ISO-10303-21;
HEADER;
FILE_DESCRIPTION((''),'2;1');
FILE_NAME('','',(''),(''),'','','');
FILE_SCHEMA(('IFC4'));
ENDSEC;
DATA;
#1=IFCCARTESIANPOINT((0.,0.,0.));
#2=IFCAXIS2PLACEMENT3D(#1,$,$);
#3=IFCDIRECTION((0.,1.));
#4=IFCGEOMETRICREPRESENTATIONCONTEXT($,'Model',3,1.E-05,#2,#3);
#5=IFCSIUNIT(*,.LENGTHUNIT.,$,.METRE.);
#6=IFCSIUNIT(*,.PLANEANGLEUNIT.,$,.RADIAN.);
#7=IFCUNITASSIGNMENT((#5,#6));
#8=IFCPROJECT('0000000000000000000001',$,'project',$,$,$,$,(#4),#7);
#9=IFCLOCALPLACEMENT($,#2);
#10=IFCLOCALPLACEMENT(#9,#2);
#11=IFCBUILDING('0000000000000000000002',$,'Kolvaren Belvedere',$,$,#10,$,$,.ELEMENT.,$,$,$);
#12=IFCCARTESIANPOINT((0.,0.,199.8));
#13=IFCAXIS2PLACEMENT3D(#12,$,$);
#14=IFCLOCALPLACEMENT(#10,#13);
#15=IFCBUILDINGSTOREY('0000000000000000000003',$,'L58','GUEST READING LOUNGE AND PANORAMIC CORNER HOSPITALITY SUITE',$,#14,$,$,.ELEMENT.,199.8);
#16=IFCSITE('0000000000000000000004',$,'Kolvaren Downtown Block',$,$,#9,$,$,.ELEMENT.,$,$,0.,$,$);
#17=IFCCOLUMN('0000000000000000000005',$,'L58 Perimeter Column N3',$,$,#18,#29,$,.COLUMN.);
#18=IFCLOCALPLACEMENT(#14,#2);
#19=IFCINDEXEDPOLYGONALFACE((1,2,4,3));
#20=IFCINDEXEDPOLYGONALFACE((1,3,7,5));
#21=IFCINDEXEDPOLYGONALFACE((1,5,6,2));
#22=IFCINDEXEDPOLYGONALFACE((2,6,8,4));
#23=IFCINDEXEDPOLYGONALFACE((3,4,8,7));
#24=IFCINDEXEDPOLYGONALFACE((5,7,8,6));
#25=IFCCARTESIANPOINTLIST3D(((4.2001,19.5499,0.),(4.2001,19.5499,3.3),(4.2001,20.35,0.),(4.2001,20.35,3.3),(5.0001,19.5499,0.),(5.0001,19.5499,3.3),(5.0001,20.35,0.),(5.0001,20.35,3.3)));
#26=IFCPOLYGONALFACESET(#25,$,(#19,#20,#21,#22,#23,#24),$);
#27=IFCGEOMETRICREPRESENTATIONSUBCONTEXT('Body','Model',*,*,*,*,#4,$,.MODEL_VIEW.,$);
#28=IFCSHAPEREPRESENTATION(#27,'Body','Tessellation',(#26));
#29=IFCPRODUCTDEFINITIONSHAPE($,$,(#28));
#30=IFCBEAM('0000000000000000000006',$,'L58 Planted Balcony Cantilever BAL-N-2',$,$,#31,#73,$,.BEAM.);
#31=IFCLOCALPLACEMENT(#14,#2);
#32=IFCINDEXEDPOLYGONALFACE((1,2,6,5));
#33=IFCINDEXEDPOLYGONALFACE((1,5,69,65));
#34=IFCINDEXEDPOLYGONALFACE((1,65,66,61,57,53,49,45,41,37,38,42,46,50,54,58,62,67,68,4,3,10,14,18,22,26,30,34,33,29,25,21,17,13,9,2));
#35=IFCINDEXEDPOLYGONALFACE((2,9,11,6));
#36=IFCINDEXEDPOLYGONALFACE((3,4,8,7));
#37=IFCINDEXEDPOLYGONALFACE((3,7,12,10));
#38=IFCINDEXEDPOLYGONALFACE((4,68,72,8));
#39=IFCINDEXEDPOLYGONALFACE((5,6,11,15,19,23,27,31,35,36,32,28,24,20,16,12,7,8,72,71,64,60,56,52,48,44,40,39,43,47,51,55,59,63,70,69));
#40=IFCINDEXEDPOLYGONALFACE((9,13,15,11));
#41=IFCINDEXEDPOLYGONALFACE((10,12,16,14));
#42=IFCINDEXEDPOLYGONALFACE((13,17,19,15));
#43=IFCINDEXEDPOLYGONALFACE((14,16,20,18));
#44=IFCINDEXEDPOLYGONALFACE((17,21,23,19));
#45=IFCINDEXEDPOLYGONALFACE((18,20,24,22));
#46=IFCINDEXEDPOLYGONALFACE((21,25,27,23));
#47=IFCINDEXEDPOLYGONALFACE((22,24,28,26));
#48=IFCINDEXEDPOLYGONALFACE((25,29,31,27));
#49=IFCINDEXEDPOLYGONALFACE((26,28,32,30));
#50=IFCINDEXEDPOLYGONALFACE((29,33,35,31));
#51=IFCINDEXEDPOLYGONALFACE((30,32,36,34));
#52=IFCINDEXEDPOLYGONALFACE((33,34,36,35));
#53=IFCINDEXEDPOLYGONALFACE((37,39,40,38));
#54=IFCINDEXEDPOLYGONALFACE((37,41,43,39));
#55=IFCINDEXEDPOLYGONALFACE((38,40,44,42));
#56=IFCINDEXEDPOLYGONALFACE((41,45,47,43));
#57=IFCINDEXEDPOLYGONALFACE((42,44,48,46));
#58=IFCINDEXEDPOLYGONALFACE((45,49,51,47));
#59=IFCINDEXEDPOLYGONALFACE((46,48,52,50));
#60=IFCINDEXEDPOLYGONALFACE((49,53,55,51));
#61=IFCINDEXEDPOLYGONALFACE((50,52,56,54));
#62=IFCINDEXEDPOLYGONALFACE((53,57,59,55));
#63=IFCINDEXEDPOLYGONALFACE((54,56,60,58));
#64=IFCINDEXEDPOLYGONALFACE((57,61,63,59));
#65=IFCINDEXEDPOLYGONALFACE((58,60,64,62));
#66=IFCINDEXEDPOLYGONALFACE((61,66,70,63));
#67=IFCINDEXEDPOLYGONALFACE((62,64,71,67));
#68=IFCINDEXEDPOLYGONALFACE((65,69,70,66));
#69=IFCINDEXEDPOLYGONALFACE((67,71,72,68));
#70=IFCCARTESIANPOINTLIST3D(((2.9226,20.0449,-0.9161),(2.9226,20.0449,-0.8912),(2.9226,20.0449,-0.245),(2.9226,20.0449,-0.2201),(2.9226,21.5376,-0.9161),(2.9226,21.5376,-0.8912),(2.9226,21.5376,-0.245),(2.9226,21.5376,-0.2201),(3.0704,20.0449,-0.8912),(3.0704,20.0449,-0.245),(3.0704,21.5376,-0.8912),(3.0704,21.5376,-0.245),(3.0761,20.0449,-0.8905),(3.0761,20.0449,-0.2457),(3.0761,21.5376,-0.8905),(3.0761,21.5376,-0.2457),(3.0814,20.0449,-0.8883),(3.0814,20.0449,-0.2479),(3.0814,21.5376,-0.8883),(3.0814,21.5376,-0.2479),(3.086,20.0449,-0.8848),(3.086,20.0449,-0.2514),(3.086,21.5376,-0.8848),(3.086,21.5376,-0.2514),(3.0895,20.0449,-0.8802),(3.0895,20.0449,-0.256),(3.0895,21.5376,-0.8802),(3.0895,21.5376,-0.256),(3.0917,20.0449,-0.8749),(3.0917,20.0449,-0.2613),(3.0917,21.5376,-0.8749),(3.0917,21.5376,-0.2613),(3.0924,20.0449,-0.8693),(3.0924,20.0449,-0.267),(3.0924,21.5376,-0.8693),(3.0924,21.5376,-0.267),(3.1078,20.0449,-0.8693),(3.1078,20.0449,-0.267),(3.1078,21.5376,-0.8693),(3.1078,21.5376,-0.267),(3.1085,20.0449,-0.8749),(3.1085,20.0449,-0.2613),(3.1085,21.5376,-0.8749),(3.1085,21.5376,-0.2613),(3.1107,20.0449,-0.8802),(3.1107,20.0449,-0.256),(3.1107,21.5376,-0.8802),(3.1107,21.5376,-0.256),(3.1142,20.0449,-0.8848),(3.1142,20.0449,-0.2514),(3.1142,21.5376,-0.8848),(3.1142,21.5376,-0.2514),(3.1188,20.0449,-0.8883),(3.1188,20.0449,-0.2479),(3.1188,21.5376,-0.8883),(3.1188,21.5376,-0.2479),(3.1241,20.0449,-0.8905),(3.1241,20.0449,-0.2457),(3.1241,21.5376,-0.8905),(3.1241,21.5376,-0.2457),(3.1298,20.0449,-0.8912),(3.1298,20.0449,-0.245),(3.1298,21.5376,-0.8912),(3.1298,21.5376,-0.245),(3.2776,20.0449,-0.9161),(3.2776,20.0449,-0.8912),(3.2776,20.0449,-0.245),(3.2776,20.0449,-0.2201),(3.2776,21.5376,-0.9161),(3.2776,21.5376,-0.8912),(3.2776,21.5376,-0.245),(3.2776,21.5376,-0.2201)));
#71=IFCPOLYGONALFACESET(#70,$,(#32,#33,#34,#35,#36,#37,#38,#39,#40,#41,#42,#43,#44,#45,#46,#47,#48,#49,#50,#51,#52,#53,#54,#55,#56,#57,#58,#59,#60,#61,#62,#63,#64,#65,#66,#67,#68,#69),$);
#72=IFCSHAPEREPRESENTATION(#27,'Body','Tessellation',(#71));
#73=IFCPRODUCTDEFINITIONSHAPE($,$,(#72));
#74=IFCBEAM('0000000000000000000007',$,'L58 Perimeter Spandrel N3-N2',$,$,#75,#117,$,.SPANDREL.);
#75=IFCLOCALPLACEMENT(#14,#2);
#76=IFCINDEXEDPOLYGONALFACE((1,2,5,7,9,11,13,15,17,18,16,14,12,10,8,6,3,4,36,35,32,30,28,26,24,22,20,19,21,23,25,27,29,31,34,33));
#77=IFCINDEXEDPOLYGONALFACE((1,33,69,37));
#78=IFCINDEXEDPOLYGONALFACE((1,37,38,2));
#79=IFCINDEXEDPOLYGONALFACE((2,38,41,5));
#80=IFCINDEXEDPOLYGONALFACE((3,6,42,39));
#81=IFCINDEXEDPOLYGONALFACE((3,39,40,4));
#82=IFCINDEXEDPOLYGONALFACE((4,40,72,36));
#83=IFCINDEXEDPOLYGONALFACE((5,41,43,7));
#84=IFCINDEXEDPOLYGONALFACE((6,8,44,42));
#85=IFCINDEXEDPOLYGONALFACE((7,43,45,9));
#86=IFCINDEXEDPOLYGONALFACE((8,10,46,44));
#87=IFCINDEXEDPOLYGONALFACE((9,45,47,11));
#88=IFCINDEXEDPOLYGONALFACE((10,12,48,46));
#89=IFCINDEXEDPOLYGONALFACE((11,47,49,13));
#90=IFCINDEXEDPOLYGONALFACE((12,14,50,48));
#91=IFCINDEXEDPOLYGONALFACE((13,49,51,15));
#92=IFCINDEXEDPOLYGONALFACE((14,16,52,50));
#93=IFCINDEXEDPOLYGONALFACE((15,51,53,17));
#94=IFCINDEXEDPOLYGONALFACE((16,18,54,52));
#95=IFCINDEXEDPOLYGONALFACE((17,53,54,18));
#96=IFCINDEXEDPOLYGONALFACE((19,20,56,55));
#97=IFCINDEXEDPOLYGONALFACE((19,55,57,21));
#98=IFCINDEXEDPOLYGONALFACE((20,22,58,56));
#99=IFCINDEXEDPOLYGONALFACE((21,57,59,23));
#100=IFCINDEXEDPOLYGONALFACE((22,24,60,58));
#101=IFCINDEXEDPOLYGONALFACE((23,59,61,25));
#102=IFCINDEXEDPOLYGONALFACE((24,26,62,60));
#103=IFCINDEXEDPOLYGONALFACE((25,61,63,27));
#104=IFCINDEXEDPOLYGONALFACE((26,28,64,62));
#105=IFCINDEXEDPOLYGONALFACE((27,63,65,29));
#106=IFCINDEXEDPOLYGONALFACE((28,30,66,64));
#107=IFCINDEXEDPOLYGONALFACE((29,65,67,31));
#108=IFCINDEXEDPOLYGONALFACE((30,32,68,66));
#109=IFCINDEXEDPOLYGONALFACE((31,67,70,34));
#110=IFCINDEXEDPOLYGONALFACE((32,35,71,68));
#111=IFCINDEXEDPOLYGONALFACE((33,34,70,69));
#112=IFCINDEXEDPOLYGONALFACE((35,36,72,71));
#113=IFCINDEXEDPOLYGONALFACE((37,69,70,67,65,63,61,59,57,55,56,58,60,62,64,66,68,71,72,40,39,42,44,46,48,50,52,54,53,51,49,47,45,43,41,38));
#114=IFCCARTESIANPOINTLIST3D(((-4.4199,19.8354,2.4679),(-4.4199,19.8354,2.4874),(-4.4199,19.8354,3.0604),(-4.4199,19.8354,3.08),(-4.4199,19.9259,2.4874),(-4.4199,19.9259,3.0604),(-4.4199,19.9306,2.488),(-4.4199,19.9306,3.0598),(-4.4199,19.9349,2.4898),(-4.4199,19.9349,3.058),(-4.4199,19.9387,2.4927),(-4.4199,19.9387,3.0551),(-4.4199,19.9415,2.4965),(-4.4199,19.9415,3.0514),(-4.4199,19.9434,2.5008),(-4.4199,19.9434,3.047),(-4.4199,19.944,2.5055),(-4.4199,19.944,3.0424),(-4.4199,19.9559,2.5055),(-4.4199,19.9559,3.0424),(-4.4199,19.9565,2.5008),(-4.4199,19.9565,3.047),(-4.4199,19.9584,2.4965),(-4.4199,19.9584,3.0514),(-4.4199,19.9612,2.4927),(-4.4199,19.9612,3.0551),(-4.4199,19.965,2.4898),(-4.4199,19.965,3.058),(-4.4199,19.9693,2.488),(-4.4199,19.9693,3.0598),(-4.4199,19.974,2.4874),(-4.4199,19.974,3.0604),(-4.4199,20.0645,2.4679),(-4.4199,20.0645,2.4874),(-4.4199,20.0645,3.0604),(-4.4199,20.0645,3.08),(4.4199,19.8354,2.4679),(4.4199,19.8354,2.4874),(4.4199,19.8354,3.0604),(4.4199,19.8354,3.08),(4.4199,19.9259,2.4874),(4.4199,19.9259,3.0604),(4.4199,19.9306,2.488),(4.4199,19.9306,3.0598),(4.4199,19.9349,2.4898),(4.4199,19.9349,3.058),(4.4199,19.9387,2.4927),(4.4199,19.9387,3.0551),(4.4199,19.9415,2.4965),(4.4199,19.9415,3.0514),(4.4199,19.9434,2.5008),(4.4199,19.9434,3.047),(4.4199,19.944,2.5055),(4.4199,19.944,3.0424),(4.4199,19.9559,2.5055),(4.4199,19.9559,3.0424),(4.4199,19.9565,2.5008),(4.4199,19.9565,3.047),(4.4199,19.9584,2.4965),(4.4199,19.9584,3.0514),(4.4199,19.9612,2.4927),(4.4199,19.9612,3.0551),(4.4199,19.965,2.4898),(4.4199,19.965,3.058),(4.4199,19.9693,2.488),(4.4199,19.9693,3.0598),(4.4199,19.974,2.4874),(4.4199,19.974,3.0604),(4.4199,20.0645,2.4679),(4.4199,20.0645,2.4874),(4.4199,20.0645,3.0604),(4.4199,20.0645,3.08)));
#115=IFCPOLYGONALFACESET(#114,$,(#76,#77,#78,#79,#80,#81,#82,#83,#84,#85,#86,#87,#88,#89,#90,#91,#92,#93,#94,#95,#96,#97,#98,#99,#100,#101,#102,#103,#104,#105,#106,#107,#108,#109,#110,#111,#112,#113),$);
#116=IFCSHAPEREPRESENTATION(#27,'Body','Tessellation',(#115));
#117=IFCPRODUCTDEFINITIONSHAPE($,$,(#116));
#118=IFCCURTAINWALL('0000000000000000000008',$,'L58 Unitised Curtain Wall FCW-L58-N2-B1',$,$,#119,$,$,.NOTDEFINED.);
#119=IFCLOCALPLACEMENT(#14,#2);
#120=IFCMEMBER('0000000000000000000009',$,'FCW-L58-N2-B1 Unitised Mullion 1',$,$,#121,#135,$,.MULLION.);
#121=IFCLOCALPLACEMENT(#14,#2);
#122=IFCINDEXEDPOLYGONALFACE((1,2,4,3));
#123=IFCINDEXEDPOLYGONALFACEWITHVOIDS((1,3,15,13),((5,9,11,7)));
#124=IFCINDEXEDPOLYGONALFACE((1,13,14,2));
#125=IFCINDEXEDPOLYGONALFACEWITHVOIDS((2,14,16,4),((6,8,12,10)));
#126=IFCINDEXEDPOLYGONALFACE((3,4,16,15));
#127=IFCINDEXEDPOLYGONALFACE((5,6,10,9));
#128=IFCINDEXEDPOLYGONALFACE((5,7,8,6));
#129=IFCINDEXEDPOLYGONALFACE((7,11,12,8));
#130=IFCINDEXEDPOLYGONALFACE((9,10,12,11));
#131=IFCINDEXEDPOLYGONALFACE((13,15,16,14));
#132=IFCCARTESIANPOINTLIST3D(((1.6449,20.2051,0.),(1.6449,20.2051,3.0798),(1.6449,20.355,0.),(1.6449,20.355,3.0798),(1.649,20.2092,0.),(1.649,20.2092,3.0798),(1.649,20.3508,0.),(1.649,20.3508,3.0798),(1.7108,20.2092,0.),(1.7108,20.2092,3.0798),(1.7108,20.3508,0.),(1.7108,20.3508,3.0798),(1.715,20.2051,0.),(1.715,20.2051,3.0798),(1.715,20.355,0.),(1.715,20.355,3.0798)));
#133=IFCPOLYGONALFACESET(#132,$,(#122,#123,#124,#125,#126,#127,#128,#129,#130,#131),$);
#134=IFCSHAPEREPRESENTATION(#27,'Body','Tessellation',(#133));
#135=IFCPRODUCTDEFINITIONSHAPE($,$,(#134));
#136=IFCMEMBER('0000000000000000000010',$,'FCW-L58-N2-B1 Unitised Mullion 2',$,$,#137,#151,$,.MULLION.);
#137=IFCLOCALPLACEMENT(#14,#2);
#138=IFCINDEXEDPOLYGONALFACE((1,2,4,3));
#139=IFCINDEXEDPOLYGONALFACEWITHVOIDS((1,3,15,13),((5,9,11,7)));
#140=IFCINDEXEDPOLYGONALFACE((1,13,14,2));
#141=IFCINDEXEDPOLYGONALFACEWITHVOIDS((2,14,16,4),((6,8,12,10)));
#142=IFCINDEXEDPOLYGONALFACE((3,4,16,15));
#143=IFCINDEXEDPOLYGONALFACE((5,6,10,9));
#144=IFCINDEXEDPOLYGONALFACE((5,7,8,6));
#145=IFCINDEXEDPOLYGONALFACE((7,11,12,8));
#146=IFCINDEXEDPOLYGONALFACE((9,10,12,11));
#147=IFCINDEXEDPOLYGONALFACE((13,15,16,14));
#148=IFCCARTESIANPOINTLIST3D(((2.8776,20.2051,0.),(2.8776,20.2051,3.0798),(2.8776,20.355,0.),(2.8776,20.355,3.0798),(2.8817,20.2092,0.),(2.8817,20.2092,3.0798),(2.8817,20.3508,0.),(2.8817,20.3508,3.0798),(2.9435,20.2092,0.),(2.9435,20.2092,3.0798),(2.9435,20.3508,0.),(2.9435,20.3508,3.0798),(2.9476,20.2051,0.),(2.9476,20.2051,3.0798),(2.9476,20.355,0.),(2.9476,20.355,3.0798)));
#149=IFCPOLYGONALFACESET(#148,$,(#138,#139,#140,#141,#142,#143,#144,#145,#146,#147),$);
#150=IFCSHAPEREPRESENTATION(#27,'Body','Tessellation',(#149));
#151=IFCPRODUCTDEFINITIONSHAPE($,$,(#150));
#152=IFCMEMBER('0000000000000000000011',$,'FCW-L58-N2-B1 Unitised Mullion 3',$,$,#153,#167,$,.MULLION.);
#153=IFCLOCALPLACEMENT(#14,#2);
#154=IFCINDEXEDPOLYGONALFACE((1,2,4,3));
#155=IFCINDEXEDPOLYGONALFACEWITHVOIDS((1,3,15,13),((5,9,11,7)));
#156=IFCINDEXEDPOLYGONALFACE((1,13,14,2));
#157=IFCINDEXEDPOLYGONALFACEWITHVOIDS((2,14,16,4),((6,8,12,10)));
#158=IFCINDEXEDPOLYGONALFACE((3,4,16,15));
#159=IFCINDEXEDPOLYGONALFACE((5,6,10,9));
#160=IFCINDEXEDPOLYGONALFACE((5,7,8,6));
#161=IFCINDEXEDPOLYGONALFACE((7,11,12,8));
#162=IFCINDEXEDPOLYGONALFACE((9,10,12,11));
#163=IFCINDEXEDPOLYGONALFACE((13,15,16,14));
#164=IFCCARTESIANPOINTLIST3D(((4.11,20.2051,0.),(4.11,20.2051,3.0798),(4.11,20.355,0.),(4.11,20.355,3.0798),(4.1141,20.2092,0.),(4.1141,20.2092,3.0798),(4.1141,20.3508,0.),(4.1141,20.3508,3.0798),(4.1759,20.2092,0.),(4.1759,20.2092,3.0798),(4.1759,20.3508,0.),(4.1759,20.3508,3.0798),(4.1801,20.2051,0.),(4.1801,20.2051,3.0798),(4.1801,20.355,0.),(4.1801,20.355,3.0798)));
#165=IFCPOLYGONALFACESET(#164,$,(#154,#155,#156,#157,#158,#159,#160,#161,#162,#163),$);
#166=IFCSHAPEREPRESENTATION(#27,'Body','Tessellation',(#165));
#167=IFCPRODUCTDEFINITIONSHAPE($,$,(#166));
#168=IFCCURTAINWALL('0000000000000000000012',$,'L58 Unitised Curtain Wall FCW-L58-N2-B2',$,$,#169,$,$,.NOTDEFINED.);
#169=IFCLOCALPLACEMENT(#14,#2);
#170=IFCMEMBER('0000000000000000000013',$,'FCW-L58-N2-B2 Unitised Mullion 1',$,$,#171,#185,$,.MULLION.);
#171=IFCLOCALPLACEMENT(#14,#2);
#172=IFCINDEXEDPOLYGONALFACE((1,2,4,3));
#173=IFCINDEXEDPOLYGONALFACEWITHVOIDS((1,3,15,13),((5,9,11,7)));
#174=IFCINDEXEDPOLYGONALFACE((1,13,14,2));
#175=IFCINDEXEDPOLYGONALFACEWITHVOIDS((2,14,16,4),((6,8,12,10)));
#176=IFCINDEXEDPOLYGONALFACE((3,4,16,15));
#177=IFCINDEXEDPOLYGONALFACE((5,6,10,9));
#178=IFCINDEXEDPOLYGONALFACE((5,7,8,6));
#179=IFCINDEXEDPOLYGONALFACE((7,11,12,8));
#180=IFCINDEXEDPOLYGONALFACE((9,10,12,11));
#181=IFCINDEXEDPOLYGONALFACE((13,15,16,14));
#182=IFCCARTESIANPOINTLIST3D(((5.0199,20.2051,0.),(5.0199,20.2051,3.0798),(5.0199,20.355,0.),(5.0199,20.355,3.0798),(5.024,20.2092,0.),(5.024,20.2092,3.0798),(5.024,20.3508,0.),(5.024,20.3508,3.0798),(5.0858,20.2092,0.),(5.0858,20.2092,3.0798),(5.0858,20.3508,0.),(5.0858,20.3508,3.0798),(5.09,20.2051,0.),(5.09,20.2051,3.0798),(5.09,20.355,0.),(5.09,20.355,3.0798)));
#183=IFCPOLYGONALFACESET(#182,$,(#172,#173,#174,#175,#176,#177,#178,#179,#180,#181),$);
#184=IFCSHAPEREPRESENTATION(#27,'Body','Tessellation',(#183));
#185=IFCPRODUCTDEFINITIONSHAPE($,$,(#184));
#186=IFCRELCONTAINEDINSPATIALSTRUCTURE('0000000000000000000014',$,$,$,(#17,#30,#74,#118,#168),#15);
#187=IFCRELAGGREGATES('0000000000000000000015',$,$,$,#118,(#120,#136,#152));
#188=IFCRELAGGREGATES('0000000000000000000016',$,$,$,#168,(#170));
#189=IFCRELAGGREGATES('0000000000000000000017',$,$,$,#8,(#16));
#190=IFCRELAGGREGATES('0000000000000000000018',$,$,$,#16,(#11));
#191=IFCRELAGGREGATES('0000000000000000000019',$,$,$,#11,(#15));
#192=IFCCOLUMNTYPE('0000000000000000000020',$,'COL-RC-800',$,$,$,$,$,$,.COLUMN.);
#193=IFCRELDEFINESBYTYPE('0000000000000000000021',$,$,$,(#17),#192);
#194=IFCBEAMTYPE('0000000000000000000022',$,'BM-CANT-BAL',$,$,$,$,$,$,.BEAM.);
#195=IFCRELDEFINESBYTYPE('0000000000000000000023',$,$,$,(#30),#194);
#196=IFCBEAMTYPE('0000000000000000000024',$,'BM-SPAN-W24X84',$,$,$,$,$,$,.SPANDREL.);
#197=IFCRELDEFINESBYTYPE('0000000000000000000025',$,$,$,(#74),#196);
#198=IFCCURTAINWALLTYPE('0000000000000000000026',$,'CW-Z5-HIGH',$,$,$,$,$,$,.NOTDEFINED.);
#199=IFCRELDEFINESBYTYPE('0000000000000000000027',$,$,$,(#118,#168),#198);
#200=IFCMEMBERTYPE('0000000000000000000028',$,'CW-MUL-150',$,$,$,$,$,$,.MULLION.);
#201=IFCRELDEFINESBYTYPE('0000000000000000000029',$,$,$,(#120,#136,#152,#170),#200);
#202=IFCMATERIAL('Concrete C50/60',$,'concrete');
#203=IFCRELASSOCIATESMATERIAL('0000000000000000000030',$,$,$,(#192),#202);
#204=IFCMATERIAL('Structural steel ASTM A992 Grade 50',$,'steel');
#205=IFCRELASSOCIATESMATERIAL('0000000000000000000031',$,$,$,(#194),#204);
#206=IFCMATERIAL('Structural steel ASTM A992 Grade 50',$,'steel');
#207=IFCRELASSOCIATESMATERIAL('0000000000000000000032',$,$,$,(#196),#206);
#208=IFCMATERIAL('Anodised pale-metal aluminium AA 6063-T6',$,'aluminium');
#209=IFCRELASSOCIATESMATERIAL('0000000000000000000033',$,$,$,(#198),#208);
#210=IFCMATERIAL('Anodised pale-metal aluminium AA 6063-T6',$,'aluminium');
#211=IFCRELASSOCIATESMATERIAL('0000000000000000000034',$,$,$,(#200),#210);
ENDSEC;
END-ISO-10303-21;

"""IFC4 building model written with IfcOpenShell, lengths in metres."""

from ifc_helpers import new_model, si_unit, direction, frame, origin, origin_2d, place, context, subcontext, project, spatial, rectangle, hollow_rectangle, i_section, extrude, material, material_profile, profile_set, type_object, element, aggregate, save


model = new_model("IFC4")

# Units and contexts
model_context = context("Model", 3, precision=1e-05, world=origin(), true_north=direction((0.0, 1.0)))
body_context = subcontext(model_context, "Body", "Model", "MODEL_VIEW")
ifc_project = project(units=[si_unit("LENGTHUNIT", "METRE"), si_unit("PLANEANGLEUNIT", "RADIAN")], contexts=[model_context])

# Site, building, storey
site_placement = place(None, origin())
site = spatial("IfcSite", under=ifc_project, at=site_placement, Name="Kolvaren Downtown Block", CompositionType="ELEMENT", RefElevation=0.0)
building_placement = place(site_placement, origin())
building = spatial("IfcBuilding", under=site, at=building_placement, Name="Kolvaren Belvedere", CompositionType="ELEMENT")
storey_placement = place(building_placement, frame((0.0, 0.0, 199.8)))
storey = spatial("IfcBuildingStorey", under=building, at=storey_placement, Name="L58", Description="GUEST READING LOUNGE AND PANORAMIC CORNER HOSPITALITY SUITE", CompositionType="ELEMENT", Elevation=199.8)

# Column
ifc_material_1 = material(Name="Concrete C50/60", Category="concrete")
ifc_material_profile_1 = material_profile(ifc_material_1, rectangle(XDim=0.8, YDim=0.8, at=origin_2d()), Name="RC 800X800")
ifc_profile_set_1 = profile_set([ifc_material_profile_1], Name="Concrete C50/60")
column_type = type_object("IfcColumnType", Name="COL-RC-800", PredefinedType="COLUMN", material=ifc_profile_set_1)
column_placement = place(storey_placement, frame((4.6001, 19.95, 0.0), z_axis=(0.0, 0.0, 1.0), x_axis=(1.0, 0.0, 0.0)))
element("IfcColumn", 1, at=column_placement, inside=storey, type_object=column_type, Name="L58 Perimeter Column N3", PredefinedType="COLUMN", context=body_context, shape_type="SweptSolid", body=[
    extrude(rectangle(XDim=0.8, YDim=0.8, at=origin_2d()), origin(), (0.0, 0.0, 1.0), 3.3),
])

# Beams
ifc_material_2 = material(Name="Structural steel ASTM A992 Grade 50", Category="steel")
ifc_material_profile_2 = material_profile(ifc_material_2, i_section(OverallWidth=0.355, OverallDepth=0.696, WebThickness=0.0154, FlangeThickness=0.0249, FilletRadius=0.022, at=origin_2d()), Name="W27X146")
ifc_profile_set_2 = profile_set([ifc_material_profile_2], Name="Structural steel ASTM A992 Grade 50")
beam_type_1 = type_object("IfcBeamType", Name="BM-CANT-BAL", PredefinedType="BEAM", material=ifc_profile_set_2)
beam_1_placement = place(storey_placement, frame((3.1001, 20.0449, -0.5681), z_axis=(0.0, 1.0, 0.0), x_axis=(-1.0, 0.0, 0.0)))
element("IfcBeam", 2, at=beam_1_placement, inside=storey, type_object=beam_type_1, Name="L58 Planted Balcony Cantilever BAL-N-2", PredefinedType="BEAM", context=body_context, shape_type="SweptSolid", body=[
    extrude(i_section(OverallWidth=0.355, OverallDepth=0.696, WebThickness=0.0154, FlangeThickness=0.0249, FilletRadius=0.022, at=origin_2d()), origin(), (0.0, 0.0, 1.0), 1.4927),
])
ifc_material_3 = material(Name="Structural steel ASTM A992 Grade 50", Category="steel")
ifc_material_profile_3 = material_profile(ifc_material_3, i_section(OverallWidth=0.229, OverallDepth=0.6121, WebThickness=0.012, FlangeThickness=0.0195, FilletRadius=0.0181, at=origin_2d()), Name="W24X84")
ifc_profile_set_3 = profile_set([ifc_material_profile_3], Name="Structural steel ASTM A992 Grade 50")
beam_type_2 = type_object("IfcBeamType", Name="BM-SPAN-W24X84", PredefinedType="SPANDREL", material=ifc_profile_set_3)
beam_2_placement = place(storey_placement, frame((4.4199, 19.95, 2.7739), z_axis=(-1.0, 0.0, 0.0), x_axis=(0.0, -1.0, 0.0)))
element("IfcBeam", 3, at=beam_2_placement, inside=storey, type_object=beam_type_2, Name="L58 Perimeter Spandrel N3-N2", PredefinedType="SPANDREL", context=body_context, shape_type="SweptSolid", body=[
    extrude(i_section(OverallWidth=0.229, OverallDepth=0.6121, WebThickness=0.012, FlangeThickness=0.0195, FilletRadius=0.0181, at=origin_2d()), origin(), (0.0, 0.0, 1.0), 8.8398),
])

# Curtain wall, members
ifc_material_4 = material(Name="Anodised pale-metal aluminium AA 6063-T6", Category="aluminium")
curtain_wall_type = type_object("IfcCurtainWallType", Name="CW-Z5-HIGH", PredefinedType="NOTDEFINED", material=ifc_material_4)
curtain_wall_1_placement = place(storey_placement, origin())
curtain_wall_1 = element("IfcCurtainWall", 4, at=curtain_wall_1_placement, inside=storey, type_object=curtain_wall_type, Name="L58 Unitised Curtain Wall FCW-L58-N2-B1", PredefinedType="NOTDEFINED")
ifc_material_5 = material(Name="Anodised pale-metal aluminium AA 6063-T6", Category="aluminium")
ifc_material_profile_4 = material_profile(ifc_material_5, hollow_rectangle(XDim=0.0701, YDim=0.1499, WallThickness=0.0042, at=origin_2d()), Name="ALU-MUL-150X70")
ifc_profile_set_4 = profile_set([ifc_material_profile_4], Name="Anodised pale-metal aluminium AA 6063-T6")
member_type_1 = type_object("IfcMemberType", Name="CW-MUL-150", PredefinedType="MULLION", material=ifc_profile_set_4)
member_1_placement = place(storey_placement, frame((1.6799, 20.28, 0.0), z_axis=(0.0, 0.0, 1.0), x_axis=(1.0, 0.0, 0.0)))
member_1 = element("IfcMember", 5, at=member_1_placement, type_object=member_type_1, Name="FCW-L58-N2-B1 Unitised Mullion 1", PredefinedType="MULLION", context=body_context, shape_type="SweptSolid", body=[
    extrude(hollow_rectangle(XDim=0.0701, YDim=0.1499, WallThickness=0.0042, at=origin_2d()), origin(), (0.0, 0.0, 1.0), 3.0798),
])
member_2_placement = place(storey_placement, frame((2.9126, 20.28, 0.0), z_axis=(0.0, 0.0, 1.0), x_axis=(1.0, 0.0, 0.0)))
member_2 = element("IfcMember", 6, at=member_2_placement, type_object=member_type_1, Name="FCW-L58-N2-B1 Unitised Mullion 2", PredefinedType="MULLION", context=body_context, shape_type="SweptSolid", body=[
    extrude(hollow_rectangle(XDim=0.0701, YDim=0.1499, WallThickness=0.0042, at=origin_2d()), origin(), (0.0, 0.0, 1.0), 3.0798),
])
member_3_placement = place(storey_placement, frame((4.145, 20.28, 0.0), z_axis=(0.0, 0.0, 1.0), x_axis=(1.0, 0.0, 0.0)))
member_3 = element("IfcMember", 7, at=member_3_placement, type_object=member_type_1, Name="FCW-L58-N2-B1 Unitised Mullion 3", PredefinedType="MULLION", context=body_context, shape_type="SweptSolid", body=[
    extrude(hollow_rectangle(XDim=0.0701, YDim=0.1499, WallThickness=0.0042, at=origin_2d()), origin(), (0.0, 0.0, 1.0), 3.0798),
])

# Curtain wall, member
curtain_wall_2_placement = place(storey_placement, origin())
curtain_wall_2 = element("IfcCurtainWall", 8, at=curtain_wall_2_placement, inside=storey, type_object=curtain_wall_type, Name="L58 Unitised Curtain Wall FCW-L58-N2-B2", PredefinedType="NOTDEFINED")
member_4_placement = place(storey_placement, frame((5.0549, 20.28, 0.0), z_axis=(0.0, 0.0, 1.0), x_axis=(1.0, 0.0, 0.0)))
member_4 = element("IfcMember", 9, at=member_4_placement, type_object=member_type_1, Name="FCW-L58-N2-B2 Unitised Mullion 1", PredefinedType="MULLION", context=body_context, shape_type="SweptSolid", body=[
    extrude(hollow_rectangle(XDim=0.0701, YDim=0.1499, WallThickness=0.0042, at=origin_2d()), origin(), (0.0, 0.0, 1.0), 3.0798),
])

aggregate(curtain_wall_1, [member_1, member_2, member_3])
aggregate(curtain_wall_2, [member_4])

save(model, "model.ifc")
